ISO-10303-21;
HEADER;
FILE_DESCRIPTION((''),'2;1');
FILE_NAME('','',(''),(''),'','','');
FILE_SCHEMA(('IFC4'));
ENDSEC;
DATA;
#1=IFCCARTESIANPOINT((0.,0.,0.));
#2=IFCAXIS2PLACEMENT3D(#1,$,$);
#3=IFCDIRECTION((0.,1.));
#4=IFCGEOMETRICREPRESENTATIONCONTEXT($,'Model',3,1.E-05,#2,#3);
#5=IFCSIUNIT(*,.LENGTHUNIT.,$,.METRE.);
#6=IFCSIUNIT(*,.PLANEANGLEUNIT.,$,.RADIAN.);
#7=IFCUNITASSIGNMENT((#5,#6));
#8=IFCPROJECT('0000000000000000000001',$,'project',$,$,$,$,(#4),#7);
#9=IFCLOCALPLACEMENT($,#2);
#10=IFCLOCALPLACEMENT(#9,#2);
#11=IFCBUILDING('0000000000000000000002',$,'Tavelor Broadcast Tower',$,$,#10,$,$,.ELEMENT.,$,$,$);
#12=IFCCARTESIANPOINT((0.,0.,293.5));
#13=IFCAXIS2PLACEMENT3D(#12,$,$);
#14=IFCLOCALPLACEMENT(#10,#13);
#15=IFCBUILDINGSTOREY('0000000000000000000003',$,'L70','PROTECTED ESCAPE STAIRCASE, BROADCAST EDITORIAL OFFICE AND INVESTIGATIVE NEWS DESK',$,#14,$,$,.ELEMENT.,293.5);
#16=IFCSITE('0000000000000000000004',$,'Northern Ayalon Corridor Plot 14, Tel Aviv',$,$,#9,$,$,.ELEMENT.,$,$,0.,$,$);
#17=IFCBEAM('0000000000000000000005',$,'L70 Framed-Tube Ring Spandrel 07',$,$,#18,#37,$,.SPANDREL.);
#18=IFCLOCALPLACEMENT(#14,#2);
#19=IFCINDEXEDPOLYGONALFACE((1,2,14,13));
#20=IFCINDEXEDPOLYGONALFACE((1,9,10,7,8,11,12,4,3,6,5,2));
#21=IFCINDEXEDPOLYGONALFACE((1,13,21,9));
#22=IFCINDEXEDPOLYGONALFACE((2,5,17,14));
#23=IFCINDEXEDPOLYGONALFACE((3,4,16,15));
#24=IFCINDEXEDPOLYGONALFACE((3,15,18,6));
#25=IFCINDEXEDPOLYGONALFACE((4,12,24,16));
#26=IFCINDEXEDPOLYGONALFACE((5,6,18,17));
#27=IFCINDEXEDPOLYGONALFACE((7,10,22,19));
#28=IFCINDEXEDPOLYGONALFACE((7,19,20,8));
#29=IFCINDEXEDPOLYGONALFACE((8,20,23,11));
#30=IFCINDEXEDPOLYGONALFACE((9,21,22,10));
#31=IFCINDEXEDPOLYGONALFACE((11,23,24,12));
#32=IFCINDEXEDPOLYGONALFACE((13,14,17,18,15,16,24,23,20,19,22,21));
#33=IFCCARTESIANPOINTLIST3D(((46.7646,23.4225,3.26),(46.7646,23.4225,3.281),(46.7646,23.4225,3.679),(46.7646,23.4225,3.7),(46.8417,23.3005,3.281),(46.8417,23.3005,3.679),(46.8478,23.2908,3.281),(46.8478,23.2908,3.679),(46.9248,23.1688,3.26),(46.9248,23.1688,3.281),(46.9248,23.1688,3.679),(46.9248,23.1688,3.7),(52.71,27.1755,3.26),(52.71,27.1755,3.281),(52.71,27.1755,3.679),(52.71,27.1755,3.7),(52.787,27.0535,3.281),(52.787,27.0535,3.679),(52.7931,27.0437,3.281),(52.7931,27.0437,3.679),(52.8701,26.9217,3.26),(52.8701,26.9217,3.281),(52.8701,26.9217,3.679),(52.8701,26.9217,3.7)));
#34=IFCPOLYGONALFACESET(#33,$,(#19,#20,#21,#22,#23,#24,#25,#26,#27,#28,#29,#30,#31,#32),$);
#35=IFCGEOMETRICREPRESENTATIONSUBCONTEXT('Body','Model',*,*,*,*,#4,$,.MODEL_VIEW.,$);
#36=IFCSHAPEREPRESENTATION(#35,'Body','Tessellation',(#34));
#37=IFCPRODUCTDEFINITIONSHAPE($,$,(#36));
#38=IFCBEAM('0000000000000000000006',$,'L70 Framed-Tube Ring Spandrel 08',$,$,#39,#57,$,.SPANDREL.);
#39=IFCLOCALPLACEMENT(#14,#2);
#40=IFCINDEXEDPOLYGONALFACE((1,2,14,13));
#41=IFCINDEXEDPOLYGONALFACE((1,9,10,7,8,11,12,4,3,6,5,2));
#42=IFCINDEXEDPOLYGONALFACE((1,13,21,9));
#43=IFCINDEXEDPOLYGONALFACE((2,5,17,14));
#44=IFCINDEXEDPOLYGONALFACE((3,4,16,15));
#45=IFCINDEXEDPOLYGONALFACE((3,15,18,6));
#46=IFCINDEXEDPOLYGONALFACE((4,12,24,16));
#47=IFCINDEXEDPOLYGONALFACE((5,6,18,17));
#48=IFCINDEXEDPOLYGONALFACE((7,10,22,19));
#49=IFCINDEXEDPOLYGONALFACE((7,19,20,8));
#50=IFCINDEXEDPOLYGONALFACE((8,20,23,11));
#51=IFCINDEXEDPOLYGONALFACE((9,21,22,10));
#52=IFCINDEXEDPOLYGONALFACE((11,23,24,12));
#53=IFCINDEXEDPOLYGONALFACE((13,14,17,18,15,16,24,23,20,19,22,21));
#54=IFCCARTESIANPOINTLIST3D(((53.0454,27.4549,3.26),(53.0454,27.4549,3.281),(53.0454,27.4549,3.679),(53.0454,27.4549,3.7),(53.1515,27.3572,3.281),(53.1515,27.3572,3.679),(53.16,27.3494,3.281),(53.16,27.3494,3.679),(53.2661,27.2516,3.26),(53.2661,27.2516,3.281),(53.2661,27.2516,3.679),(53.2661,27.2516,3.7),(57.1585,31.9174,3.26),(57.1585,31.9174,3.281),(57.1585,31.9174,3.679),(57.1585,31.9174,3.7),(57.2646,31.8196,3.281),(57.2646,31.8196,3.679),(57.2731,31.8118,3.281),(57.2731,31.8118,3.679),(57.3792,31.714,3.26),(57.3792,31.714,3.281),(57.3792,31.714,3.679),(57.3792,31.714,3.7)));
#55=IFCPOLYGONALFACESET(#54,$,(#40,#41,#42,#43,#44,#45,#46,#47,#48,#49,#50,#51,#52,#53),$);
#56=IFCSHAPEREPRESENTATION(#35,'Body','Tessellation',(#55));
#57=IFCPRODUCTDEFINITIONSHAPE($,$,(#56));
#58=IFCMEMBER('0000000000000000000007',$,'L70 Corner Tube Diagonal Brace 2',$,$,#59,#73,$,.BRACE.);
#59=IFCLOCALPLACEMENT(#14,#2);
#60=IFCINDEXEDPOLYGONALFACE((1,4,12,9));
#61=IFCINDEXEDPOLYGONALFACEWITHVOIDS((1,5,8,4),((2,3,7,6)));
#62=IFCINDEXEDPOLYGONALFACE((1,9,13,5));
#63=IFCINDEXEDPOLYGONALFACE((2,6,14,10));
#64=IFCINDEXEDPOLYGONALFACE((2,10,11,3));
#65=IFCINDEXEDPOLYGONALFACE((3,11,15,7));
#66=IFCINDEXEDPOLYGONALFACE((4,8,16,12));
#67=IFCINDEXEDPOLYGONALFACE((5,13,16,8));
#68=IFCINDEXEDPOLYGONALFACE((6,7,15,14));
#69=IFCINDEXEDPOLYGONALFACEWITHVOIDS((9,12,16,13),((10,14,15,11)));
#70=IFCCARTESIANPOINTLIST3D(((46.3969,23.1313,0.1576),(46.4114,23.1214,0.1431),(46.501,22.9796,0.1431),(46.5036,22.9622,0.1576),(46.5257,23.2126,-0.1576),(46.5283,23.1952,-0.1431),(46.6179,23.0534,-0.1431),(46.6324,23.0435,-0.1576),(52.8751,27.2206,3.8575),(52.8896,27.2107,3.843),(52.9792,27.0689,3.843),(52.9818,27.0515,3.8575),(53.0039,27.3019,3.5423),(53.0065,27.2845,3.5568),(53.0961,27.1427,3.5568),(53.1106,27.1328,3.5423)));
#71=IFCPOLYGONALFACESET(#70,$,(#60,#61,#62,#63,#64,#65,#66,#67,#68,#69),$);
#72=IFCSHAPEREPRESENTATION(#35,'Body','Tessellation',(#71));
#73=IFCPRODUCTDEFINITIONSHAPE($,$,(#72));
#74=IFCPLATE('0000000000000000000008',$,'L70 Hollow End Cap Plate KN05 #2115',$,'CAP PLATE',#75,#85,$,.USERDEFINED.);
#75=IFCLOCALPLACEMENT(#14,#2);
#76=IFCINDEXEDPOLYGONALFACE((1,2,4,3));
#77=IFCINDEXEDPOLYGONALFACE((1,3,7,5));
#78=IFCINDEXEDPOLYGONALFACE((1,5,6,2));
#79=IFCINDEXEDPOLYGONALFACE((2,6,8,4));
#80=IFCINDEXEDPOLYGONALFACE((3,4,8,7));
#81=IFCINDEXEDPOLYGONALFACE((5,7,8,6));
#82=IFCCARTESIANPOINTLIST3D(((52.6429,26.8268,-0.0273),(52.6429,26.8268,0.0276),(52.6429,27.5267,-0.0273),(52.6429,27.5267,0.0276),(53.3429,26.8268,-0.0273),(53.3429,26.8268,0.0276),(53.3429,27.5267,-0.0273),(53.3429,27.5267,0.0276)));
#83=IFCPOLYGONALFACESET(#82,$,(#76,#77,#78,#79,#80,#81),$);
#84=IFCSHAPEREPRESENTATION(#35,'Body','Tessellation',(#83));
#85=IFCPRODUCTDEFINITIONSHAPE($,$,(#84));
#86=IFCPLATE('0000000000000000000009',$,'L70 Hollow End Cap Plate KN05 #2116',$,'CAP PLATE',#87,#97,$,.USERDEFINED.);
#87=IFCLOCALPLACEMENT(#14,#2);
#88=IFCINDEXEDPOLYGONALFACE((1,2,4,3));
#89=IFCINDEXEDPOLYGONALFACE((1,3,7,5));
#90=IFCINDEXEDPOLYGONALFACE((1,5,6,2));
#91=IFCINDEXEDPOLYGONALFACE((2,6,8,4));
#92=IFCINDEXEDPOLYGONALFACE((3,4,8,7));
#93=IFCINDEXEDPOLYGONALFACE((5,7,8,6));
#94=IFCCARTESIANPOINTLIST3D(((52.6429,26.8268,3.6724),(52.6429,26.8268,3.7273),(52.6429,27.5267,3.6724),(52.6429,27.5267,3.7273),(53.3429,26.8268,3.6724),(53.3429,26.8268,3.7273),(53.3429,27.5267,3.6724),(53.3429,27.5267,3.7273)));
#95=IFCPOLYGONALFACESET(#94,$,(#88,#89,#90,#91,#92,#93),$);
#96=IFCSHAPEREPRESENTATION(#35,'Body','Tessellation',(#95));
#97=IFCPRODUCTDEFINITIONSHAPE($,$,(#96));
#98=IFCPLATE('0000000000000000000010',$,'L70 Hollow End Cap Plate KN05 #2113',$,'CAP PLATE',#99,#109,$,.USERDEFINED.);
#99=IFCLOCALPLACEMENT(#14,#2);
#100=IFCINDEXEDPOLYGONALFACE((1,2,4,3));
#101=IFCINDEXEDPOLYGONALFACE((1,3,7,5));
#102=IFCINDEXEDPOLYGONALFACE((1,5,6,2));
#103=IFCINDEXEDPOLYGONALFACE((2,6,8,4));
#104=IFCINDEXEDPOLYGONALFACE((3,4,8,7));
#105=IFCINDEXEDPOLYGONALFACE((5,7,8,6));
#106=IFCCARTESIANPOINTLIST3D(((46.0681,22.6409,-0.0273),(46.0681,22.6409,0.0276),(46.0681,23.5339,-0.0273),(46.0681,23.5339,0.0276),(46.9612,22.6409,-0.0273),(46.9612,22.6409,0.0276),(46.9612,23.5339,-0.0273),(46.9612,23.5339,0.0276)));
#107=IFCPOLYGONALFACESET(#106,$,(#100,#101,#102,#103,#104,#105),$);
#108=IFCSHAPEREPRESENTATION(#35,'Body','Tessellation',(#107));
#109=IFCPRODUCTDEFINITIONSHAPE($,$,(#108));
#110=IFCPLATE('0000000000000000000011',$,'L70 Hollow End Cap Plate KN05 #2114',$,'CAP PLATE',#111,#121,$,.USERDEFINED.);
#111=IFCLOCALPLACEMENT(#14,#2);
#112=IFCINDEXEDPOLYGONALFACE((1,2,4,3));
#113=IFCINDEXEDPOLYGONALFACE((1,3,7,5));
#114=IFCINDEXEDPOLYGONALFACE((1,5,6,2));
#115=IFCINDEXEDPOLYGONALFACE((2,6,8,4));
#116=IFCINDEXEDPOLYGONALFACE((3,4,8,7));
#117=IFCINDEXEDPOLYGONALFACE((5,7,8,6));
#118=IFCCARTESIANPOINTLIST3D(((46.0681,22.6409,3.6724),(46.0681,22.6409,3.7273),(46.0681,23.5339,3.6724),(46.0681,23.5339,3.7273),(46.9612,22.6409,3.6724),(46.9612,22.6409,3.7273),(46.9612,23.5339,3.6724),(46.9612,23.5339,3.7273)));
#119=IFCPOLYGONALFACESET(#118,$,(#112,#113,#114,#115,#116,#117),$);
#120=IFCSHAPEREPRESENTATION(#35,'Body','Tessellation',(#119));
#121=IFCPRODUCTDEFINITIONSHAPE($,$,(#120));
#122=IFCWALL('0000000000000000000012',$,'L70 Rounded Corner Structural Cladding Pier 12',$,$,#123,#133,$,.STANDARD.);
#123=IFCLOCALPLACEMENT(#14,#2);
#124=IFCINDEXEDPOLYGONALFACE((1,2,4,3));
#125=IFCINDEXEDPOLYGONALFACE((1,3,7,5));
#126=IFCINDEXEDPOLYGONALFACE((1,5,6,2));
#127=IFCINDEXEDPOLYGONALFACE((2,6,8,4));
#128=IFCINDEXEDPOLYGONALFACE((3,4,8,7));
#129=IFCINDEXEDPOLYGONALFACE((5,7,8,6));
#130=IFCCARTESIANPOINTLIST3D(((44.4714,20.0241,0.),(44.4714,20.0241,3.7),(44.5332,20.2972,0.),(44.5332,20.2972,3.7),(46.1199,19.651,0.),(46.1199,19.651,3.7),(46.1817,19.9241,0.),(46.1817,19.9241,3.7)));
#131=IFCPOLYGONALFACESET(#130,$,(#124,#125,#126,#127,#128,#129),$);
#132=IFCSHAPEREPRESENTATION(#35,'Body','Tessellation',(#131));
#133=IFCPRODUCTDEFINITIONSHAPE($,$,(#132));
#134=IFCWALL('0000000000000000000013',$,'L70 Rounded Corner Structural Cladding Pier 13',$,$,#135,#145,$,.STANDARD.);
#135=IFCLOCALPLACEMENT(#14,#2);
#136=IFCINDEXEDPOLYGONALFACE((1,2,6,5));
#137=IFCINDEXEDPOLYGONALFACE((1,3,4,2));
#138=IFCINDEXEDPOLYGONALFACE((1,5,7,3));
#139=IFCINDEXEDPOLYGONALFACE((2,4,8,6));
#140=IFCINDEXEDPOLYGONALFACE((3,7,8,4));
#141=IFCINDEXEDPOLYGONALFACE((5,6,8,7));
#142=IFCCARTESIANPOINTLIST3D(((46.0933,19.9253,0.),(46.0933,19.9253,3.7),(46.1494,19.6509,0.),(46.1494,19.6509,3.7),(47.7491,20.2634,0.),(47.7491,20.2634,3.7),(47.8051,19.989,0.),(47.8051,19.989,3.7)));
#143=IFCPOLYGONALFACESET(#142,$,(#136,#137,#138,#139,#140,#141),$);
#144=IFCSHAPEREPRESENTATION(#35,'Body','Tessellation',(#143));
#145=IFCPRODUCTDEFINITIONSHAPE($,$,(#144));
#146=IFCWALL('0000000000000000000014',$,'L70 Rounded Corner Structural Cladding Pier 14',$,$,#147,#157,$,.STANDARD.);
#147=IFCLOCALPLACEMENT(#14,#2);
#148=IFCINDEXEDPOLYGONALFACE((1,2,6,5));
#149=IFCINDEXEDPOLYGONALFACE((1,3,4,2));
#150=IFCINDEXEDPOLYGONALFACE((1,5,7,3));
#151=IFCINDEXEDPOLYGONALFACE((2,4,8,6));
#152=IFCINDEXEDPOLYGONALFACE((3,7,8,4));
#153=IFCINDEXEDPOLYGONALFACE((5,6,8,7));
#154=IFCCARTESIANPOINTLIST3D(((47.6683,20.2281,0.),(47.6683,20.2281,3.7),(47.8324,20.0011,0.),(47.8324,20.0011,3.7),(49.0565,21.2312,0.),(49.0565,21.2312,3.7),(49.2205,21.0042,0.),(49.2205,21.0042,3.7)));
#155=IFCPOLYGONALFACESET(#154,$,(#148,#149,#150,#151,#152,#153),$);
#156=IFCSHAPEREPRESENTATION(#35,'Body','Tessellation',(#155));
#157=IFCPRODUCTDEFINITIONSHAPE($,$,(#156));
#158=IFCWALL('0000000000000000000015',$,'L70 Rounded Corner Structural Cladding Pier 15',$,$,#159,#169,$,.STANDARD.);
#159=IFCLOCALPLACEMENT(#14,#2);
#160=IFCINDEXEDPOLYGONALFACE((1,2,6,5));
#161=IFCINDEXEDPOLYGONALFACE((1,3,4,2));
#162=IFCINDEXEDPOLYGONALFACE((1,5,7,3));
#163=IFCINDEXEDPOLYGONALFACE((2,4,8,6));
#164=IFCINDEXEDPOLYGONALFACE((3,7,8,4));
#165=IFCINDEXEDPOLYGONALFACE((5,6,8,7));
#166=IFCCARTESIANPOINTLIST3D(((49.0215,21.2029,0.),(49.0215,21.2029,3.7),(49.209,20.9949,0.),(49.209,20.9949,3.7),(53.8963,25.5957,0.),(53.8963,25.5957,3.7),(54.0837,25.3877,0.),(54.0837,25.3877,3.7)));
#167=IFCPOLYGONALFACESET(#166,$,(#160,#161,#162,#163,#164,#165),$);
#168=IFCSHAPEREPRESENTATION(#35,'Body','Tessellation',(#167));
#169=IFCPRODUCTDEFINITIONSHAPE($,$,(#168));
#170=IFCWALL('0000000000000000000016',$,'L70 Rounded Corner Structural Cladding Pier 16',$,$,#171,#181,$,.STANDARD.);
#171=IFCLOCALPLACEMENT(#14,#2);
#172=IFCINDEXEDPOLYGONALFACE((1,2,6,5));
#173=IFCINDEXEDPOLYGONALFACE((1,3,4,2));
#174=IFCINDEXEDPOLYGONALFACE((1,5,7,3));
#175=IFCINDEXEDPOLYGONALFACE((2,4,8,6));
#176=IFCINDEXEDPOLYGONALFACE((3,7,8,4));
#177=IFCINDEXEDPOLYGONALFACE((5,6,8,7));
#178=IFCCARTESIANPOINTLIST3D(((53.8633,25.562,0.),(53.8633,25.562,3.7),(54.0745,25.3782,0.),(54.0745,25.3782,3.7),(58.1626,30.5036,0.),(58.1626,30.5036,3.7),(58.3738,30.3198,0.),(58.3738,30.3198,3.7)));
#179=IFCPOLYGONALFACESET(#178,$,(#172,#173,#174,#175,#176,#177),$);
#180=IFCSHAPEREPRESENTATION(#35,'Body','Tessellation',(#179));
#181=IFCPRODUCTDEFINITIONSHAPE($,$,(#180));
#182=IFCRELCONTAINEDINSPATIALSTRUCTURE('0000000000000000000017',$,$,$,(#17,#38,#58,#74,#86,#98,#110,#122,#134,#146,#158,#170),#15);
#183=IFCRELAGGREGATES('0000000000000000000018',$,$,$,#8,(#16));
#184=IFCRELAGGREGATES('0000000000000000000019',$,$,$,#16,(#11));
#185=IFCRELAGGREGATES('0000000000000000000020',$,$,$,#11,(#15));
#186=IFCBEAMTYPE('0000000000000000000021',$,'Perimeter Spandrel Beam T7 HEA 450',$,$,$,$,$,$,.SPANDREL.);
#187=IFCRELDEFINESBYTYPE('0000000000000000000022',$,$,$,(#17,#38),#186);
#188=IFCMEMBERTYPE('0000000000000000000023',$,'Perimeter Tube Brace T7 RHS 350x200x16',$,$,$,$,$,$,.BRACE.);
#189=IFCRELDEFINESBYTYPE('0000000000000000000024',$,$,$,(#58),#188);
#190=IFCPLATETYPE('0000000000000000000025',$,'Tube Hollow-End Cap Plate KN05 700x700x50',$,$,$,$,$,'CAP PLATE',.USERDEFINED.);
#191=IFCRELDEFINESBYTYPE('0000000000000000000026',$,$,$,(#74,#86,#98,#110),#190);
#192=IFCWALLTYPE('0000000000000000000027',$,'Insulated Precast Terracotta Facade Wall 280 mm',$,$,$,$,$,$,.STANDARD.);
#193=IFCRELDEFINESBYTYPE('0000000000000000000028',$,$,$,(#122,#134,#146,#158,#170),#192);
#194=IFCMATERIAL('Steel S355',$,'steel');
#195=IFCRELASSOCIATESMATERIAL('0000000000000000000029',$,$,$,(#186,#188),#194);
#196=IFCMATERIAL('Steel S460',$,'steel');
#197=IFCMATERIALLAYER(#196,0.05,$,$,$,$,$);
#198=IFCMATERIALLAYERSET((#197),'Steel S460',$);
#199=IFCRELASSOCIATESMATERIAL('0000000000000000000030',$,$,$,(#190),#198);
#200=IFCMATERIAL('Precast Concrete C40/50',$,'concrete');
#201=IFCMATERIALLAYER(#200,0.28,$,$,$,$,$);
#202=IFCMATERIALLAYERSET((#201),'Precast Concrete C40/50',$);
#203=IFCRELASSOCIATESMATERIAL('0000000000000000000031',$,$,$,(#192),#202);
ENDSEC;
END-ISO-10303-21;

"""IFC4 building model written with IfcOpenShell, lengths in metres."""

from ifc_helpers import new_model, si_unit, direction, frame, frame_2d, origin, origin_2d, place, context, subcontext, project, spatial, rectangle, hollow_rectangle, i_section, extrude, source, transform, mapped, material, layer, layer_set, material_profile, profile_set, type_object, type_shapes, element, save


model = new_model("IFC4")

# Units and contexts
model_context = context("Model", 3, precision=1e-05, world=origin(), true_north=direction((0.0, 1.0)))
body_context = subcontext(model_context, "Body", "Model", "MODEL_VIEW")
ifc_project = project(units=[si_unit("LENGTHUNIT", "METRE"), si_unit("PLANEANGLEUNIT", "RADIAN")], contexts=[model_context])

# Site, building, storey
site_placement = place(None, origin())
site = spatial("IfcSite", under=ifc_project, at=site_placement, Name="Northern Ayalon Corridor Plot 14, Tel Aviv", CompositionType="ELEMENT", RefElevation=0.0)
building_placement = place(site_placement, origin())
building = spatial("IfcBuilding", under=site, at=building_placement, Name="Tavelor Broadcast Tower", CompositionType="ELEMENT")
storey_placement = place(building_placement, frame((0.0, 0.0, 293.5)))
storey = spatial("IfcBuildingStorey", under=building, at=storey_placement, Name="L70", Description="PROTECTED ESCAPE STAIRCASE, BROADCAST EDITORIAL OFFICE AND INVESTIGATIVE NEWS DESK", CompositionType="ELEMENT", Elevation=293.5)

# Shared definitions
ifc_material_1 = material(Name="Steel S460", Category="steel")

# Beams
ifc_material_2 = material(Name="Steel S355", Category="steel")
ifc_material_profile_1 = material_profile(ifc_material_2, i_section(OverallWidth=0.3, OverallDepth=0.4399, WebThickness=0.0115, FlangeThickness=0.021, at=origin_2d()), Name="HEA 450")
ifc_profile_set_1 = profile_set([ifc_material_profile_1], Name="Steel S355")
beam_type_1 = type_object("IfcBeamType", Name="Perimeter Spandrel Beam T7 HEA 450", PredefinedType="SPANDREL", material=ifc_profile_set_1)
beam_1_placement = place(storey_placement, frame((46.8447, 23.2957, 3.48), z_axis=(0.845618, 0.533789, 0.0), x_axis=(-0.533789, 0.845618, 0.0)))
element("IfcBeam", 1, at=beam_1_placement, inside=storey, type_object=beam_type_1, Name="L70 Framed-Tube Ring Spandrel 07", PredefinedType="SPANDREL", context=body_context, shape_type="SweptSolid", body=[
    extrude(i_section(OverallWidth=0.3, OverallDepth=0.4399, WebThickness=0.0115, FlangeThickness=0.021, at=origin_2d()), origin(), (0.0, 0.0, 1.0), 7.0308),
])
beam_2_placement = place(storey_placement, frame((53.1558, 27.3533, 3.48), z_axis=(0.677737, 0.735304, 0.0), x_axis=(-0.735304, 0.677737, 0.0)))
element("IfcBeam", 2, at=beam_2_placement, inside=storey, type_object=beam_type_1, Name="L70 Framed-Tube Ring Spandrel 08", PredefinedType="SPANDREL", context=body_context, shape_type="SweptSolid", body=[
    extrude(i_section(OverallWidth=0.3, OverallDepth=0.4399, WebThickness=0.0115, FlangeThickness=0.021, at=origin_2d()), origin(), (0.0, 0.0, 1.0), 6.0688),
])

# Member
ifc_material_profile_2 = material_profile(ifc_material_2, hollow_rectangle(XDim=0.2, YDim=0.3501, WallThickness=0.0161, at=origin_2d()), Name="RHS 350x200x16")
ifc_profile_set_2 = profile_set([ifc_material_profile_2], Name="Steel S355")
member_type = type_object("IfcMemberType", Name="Perimeter Tube Brace T7 RHS 350x200x16", PredefinedType="BRACE", material=ifc_profile_set_2)
member_placement = place(storey_placement, frame((46.5146, 23.0874, 0.0), z_axis=(0.761462, 0.480667, 0.434896), x_axis=(-0.533789, 0.845618, 0.0)))
element("IfcMember", 3, at=member_placement, inside=storey, type_object=member_type, Name="L70 Corner Tube Diagonal Brace 2", PredefinedType="BRACE", context=body_context, shape_type="SweptSolid", body=[
    extrude(hollow_rectangle(XDim=0.2, YDim=0.3501, WallThickness=0.0161, at=origin_2d()), origin(), (0.0, 0.0, 1.0), 8.5076),
])

# Plates
ifc_layer_1 = layer(ifc_material_1, 0.05)
ifc_layer_set_1 = layer_set([ifc_layer_1], Name="Steel S460")
plate_type = type_object("IfcPlateType", Name="Tube Hollow-End Cap Plate KN05 700x700x50", ElementType="CAP PLATE", PredefinedType="USERDEFINED", material=ifc_layer_set_1)
shared_shape_1 = source(origin(), body_context, "Body", "SweptSolid", [
    extrude(rectangle(XDim=0.7, YDim=0.7, at=origin_2d()), origin(), (0.0, 0.0, 1.0), 0.0549),
])
for number, where, z_axis, x_axis, name in (
    (4, (52.9929, 27.1768, -0.0273), (0.0, 0.0, 1.0), (1.0, 0.0, 0.0), "L70 Hollow End Cap Plate KN05 #2115"),
    (5, (52.9929, 27.1768, 3.6724), (0.0, 0.0, 1.0), (1.0, 0.0, 0.0), "L70 Hollow End Cap Plate KN05 #2116"),
):
    element("IfcPlate", number, at=place(storey_placement, frame(where, z_axis=z_axis, x_axis=x_axis)), inside=storey, type_object=plate_type, Name=name, ObjectType="CAP PLATE", PredefinedType="USERDEFINED", context=body_context, shape_type="MappedRepresentation", body=[
        mapped(shared_shape_1, transform((0.0, 0.0, 0.0), scale=1.0)),
    ])
shared_shape_2 = source(origin(), body_context, "Body", "SweptSolid", [
    extrude(rectangle(XDim=0.8931, YDim=0.8931, at=origin_2d()), origin(), (0.0, 0.0, 1.0), 0.0549),
])
type_shapes(plate_type, [shared_shape_1, shared_shape_2])
for number, where, z_axis, x_axis, name in (
    (6, (46.5146, 23.0874, -0.0273), (0.0, 0.0, 1.0), (1.0, 0.0, 0.0), "L70 Hollow End Cap Plate KN05 #2113"),
    (7, (46.5146, 23.0874, 3.6724), (0.0, 0.0, 1.0), (1.0, 0.0, 0.0), "L70 Hollow End Cap Plate KN05 #2114"),
):
    element("IfcPlate", number, at=place(storey_placement, frame(where, z_axis=z_axis, x_axis=x_axis)), inside=storey, type_object=plate_type, Name=name, ObjectType="CAP PLATE", PredefinedType="USERDEFINED", context=body_context, shape_type="MappedRepresentation", body=[
        mapped(shared_shape_2, transform((0.0, 0.0, 0.0), scale=1.0)),
    ])

# Walls
ifc_material_3 = material(Name="Precast Concrete C40/50", Category="concrete")
ifc_layer_2 = layer(ifc_material_3, 0.28)
ifc_layer_set_2 = layer_set([ifc_layer_2], Name="Precast Concrete C40/50")
wall_type_1 = type_object("IfcWallType", Name="Insulated Precast Terracotta Facade Wall 280 mm", PredefinedType="STANDARD", material=ifc_layer_set_2)
wall_1_placement = place(storey_placement, frame((44.5022, 20.1606, 0.0), z_axis=(0.0, 0.0, 1.0), x_axis=(0.975337, -0.220722, 0.0)))
element("IfcWall", 8, at=wall_1_placement, inside=storey, type_object=wall_type_1, Name="L70 Rounded Corner Structural Cladding Pier 12", PredefinedType="STANDARD", context=body_context, shape_type="SweptSolid", body=[
    extrude(rectangle(XDim=1.6902, YDim=0.28, at=frame_2d((0.8452, 0.0))), origin(), (0.0, 0.0, 1.0), 3.7),
])
wall_2_placement = place(storey_placement, frame((46.1213, 19.7881, 0.0), z_axis=(0.0, 0.0, 1.0), x_axis=(0.979778, 0.200087, 0.0)))
element("IfcWall", 9, at=wall_2_placement, inside=storey, type_object=wall_type_1, Name="L70 Rounded Corner Structural Cladding Pier 13", PredefinedType="STANDARD", context=body_context, shape_type="SweptSolid", body=[
    extrude(rectangle(XDim=1.6899, YDim=0.28, at=frame_2d((0.845, 0.0))), origin(), (0.0, 0.0, 1.0), 3.7),
])
wall_3_placement = place(storey_placement, frame((47.7502, 20.1145, 0.0), z_axis=(0.0, 0.0, 1.0), x_axis=(0.810514, 0.58572, 0.0)))
element("IfcWall", 10, at=wall_3_placement, inside=storey, type_object=wall_type_1, Name="L70 Rounded Corner Structural Cladding Pier 14", PredefinedType="STANDARD", context=body_context, shape_type="SweptSolid", body=[
    extrude(rectangle(XDim=1.7126, YDim=0.28, at=frame_2d((0.8564, 0.0))), origin(), (0.0, 0.0, 1.0), 3.7),
])
wall_4_placement = place(storey_placement, frame((49.1152, 21.0989, 0.0), z_axis=(0.0, 0.0, 1.0), x_axis=(0.742874, 0.669431, 0.0)))
element("IfcWall", 11, at=wall_4_placement, inside=storey, type_object=wall_type_1, Name="L70 Rounded Corner Structural Cladding Pier 15", PredefinedType="STANDARD", context=body_context, shape_type="SweptSolid", body=[
    extrude(rectangle(XDim=6.562, YDim=0.28, at=frame_2d((3.281, 0.0))), origin(), (0.0, 0.0, 1.0), 3.7),
])
wall_5_placement = place(storey_placement, frame((53.969, 25.4702, 0.0), z_axis=(0.0, 0.0, 1.0), x_axis=(0.656372, 0.754437, 0.0)))
element("IfcWall", 12, at=wall_5_placement, inside=storey, type_object=wall_type_1, Name="L70 Rounded Corner Structural Cladding Pier 16", PredefinedType="STANDARD", context=body_context, shape_type="SweptSolid", body=[
    extrude(rectangle(XDim=6.55, YDim=0.28, at=frame_2d((3.2749, 0.0))), origin(), (0.0, 0.0, 1.0), 3.7),
])

save(model, "model.ifc")
